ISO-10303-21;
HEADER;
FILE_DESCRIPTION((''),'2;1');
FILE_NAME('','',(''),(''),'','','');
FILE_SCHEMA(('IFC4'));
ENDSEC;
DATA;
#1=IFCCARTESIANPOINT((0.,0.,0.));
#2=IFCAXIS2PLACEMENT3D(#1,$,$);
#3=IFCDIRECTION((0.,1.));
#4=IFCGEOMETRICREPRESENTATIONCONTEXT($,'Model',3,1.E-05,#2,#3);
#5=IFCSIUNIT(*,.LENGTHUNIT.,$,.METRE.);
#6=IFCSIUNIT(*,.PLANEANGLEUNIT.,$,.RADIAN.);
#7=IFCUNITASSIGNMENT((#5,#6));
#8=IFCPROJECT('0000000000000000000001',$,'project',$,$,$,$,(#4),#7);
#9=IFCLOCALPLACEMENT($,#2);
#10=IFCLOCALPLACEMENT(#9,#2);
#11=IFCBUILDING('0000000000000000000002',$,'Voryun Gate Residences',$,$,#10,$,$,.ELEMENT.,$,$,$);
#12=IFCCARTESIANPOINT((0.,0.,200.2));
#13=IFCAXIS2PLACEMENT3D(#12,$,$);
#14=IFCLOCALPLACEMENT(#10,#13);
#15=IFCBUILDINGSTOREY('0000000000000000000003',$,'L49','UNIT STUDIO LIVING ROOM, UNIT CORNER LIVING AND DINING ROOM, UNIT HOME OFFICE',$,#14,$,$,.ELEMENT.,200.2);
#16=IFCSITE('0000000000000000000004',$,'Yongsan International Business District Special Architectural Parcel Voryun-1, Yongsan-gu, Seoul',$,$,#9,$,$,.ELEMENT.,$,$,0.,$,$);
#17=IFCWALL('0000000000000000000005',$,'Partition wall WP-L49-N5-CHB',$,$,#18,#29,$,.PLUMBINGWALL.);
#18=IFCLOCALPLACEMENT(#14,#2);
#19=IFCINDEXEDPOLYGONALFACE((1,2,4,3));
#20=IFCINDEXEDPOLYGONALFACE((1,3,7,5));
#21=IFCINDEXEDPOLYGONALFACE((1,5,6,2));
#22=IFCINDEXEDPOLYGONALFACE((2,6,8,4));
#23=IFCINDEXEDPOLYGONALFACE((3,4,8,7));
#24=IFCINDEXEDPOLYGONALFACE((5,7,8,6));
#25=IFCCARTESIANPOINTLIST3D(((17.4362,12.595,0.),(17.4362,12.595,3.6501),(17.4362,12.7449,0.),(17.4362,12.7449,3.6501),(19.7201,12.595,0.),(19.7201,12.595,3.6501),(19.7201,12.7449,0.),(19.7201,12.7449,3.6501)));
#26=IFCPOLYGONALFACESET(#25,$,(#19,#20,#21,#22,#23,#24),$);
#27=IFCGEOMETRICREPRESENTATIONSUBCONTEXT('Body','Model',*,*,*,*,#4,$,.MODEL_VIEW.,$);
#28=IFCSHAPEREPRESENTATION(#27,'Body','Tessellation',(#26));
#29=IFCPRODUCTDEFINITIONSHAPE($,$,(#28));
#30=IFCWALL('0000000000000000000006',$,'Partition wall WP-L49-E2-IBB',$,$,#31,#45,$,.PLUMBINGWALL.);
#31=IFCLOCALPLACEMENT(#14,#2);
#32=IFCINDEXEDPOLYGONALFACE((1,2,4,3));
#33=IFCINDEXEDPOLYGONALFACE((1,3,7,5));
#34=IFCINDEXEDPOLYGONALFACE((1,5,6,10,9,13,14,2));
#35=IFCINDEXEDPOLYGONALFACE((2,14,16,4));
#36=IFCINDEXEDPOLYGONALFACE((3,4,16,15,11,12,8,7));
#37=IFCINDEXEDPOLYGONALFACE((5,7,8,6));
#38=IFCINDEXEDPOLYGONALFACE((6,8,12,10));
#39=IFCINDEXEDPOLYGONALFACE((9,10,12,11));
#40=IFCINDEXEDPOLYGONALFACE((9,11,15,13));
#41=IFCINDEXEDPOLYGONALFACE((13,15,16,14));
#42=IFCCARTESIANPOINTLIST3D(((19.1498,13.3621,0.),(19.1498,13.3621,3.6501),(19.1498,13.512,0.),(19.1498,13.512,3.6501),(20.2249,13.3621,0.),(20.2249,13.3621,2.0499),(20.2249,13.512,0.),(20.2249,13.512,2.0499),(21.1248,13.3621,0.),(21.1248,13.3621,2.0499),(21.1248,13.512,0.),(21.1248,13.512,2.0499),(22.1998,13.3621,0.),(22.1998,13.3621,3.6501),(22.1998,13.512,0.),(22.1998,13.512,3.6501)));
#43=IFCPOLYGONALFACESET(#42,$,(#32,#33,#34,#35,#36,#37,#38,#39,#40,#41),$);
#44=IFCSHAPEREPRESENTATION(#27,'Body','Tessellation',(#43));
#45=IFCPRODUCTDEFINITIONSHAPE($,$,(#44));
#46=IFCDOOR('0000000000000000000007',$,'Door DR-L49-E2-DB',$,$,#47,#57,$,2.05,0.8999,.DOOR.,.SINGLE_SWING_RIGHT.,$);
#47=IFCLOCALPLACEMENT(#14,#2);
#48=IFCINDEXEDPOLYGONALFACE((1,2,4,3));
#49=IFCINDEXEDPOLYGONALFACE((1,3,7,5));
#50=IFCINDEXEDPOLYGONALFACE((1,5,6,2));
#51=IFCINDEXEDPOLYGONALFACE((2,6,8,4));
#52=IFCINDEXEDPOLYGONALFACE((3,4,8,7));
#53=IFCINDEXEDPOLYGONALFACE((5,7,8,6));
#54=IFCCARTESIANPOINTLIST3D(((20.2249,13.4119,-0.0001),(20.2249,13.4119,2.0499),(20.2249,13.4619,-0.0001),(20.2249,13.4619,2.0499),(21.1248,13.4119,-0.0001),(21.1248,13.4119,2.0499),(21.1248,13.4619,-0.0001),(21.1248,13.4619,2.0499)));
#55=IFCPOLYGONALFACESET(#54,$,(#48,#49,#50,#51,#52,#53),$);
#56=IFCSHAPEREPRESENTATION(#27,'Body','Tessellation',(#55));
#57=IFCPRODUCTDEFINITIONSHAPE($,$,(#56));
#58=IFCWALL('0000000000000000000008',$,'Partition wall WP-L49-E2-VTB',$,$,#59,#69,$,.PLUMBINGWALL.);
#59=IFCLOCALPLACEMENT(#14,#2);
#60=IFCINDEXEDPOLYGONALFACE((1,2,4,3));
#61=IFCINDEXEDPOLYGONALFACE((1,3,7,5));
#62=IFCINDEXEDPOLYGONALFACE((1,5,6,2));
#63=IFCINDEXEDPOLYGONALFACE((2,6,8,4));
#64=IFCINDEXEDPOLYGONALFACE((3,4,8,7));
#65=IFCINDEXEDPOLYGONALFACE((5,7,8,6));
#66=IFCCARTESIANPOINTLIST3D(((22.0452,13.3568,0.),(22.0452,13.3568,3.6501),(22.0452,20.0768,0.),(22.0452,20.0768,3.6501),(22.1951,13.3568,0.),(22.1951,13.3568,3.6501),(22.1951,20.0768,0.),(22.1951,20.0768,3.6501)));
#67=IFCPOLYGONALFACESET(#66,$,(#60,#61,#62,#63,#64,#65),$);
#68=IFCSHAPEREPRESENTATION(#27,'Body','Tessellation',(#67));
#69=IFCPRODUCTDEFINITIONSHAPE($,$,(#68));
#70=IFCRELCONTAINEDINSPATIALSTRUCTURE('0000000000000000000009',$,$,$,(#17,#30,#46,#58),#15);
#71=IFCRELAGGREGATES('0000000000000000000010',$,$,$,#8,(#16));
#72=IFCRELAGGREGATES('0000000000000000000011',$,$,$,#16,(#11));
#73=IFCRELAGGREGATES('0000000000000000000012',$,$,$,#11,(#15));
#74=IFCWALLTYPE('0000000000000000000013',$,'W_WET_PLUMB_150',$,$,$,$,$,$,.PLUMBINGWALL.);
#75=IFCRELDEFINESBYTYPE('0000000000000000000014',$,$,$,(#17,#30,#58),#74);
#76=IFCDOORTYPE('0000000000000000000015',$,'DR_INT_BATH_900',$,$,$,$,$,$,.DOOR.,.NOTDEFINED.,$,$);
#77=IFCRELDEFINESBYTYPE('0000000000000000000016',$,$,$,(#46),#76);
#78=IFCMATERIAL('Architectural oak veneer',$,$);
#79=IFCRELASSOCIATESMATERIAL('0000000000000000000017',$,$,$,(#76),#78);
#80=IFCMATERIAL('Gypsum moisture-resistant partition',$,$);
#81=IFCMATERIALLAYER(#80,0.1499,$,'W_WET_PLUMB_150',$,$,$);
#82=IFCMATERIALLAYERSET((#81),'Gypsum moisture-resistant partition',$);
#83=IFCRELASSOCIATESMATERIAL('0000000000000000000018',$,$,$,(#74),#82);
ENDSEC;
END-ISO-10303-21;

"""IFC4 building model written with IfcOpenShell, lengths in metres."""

from ifc_helpers import new_model, si_unit, direction, frame, frame_2d, origin, place, context, subcontext, project, spatial, rectangle, extrude, material, layer, layer_set, type_object, element, fill, save


model = new_model("IFC4")

# Units and contexts
model_context = context("Model", 3, precision=1e-05, world=origin(), true_north=direction((0.0, 1.0)))
body_context = subcontext(model_context, "Body", "Model", "MODEL_VIEW")
ifc_project = project(units=[si_unit("LENGTHUNIT", "METRE"), si_unit("PLANEANGLEUNIT", "RADIAN")], contexts=[model_context])

# Site, building, storey
site_placement = place(None, origin())
site = spatial("IfcSite", under=ifc_project, at=site_placement, Name="Yongsan International Business District Special Architectural Parcel Voryun-1, Yongsan-gu, Seoul", CompositionType="ELEMENT", RefElevation=0.0)
building_placement = place(site_placement, origin())
building = spatial("IfcBuilding", under=site, at=building_placement, Name="Voryun Gate Residences", CompositionType="ELEMENT")
storey_placement = place(building_placement, frame((0.0, 0.0, 200.2)))
storey = spatial("IfcBuildingStorey", under=building, at=storey_placement, Name="L49", Description="UNIT STUDIO LIVING ROOM, UNIT CORNER LIVING AND DINING ROOM, UNIT HOME OFFICE", CompositionType="ELEMENT", Elevation=200.2)

# Shared definitions
ifc_material_1 = material(Name="Architectural oak veneer")
door_type = type_object("IfcDoorType", Name="DR_INT_BATH_900", OperationType="NOTDEFINED", PredefinedType="DOOR", material=ifc_material_1)
ifc_material_2 = material(Name="Gypsum moisture-resistant partition")
ifc_layer_1 = layer(ifc_material_2, 0.1499, Name="W_WET_PLUMB_150")
ifc_layer_set_1 = layer_set([ifc_layer_1], Name="Gypsum moisture-resistant partition")
wall_type_1 = type_object("IfcWallType", Name="W_WET_PLUMB_150", PredefinedType="PLUMBINGWALL", material=ifc_layer_set_1)

# Wall
wall_1_placement = place(storey_placement, frame((17.436, 12.6699, 0.0), z_axis=(0.0, 0.0, 1.0), x_axis=(1.0, 0.0, 0.0)))
element("IfcWall", 1, at=wall_1_placement, inside=storey, type_object=wall_type_1, Name="Partition wall WP-L49-N5-CHB", PredefinedType="PLUMBINGWALL", context=body_context, shape_type="SweptSolid", body=[
    extrude(rectangle(XDim=2.2839, YDim=0.1499, at=frame_2d((1.1421, 0.0))), origin(), (0.0, 0.0, 1.0), 3.6501),
])

# Wall, opening, door
wall_2_placement = place(storey_placement, frame((19.1499, 13.437, 0.0), z_axis=(0.0, 0.0, 1.0), x_axis=(1.0, 0.0, 0.0)))
wall_2 = element("IfcWall", 2, at=wall_2_placement, inside=storey, type_object=wall_type_1, Name="Partition wall WP-L49-E2-IBB", PredefinedType="PLUMBINGWALL", context=body_context, shape_type="SweptSolid", body=[
    extrude(rectangle(XDim=3.05, YDim=0.1499, at=frame_2d((1.5249, 0.0))), origin(), (0.0, 0.0, 1.0), 3.6501),
])
opening_1_placement = place(wall_2_placement, frame((1.075, 0.0, 0.0)))
opening_1 = element("IfcOpeningElement", 3, at=opening_1_placement, cuts=wall_2, PredefinedType="OPENING", context=body_context, shape_type="SweptSolid", body=[
    extrude(rectangle(XDim=0.8999, YDim=2.05, at=frame_2d((0.45, 1.0249))), frame((0.0, 0.085, 0.0), z_axis=(0.0, -1.0, 0.0), x_axis=(1.0, 0.0, 0.0)), (0.0, 0.0, 1.0), 0.1699),
])
door_1_placement = place(opening_1_placement, origin())
door_1 = element("IfcDoor", 4, at=door_1_placement, inside=storey, type_object=door_type, Name="Door DR-L49-E2-DB", OperationType="SINGLE_SWING_RIGHT", OverallHeight=2.05, OverallWidth=0.8999, PredefinedType="DOOR", context=body_context, shape_type="SweptSolid", body=[
    extrude(rectangle(XDim=0.8999, YDim=2.05, at=frame_2d((0.45, 1.0249))), frame((0.0, 0.0249, 0.0), z_axis=(0.0, -1.0, 0.0), x_axis=(1.0, 0.0, 0.0)), (0.0, 0.0, 1.0), 0.05),
])
fill(opening_1, door_1)

# Wall
wall_3_placement = place(storey_placement, frame((22.1201, 13.3569, 0.0), z_axis=(0.0, 0.0, 1.0), x_axis=(0.0, 1.0, 0.0)))
element("IfcWall", 5, at=wall_3_placement, inside=storey, type_object=wall_type_1, Name="Partition wall WP-L49-E2-VTB", PredefinedType="PLUMBINGWALL", context=body_context, shape_type="SweptSolid", body=[
    extrude(rectangle(XDim=6.72, YDim=0.1499, at=frame_2d((3.3599, 0.0))), origin(), (0.0, 0.0, 1.0), 3.6501),
])

save(model, "model.ifc")
